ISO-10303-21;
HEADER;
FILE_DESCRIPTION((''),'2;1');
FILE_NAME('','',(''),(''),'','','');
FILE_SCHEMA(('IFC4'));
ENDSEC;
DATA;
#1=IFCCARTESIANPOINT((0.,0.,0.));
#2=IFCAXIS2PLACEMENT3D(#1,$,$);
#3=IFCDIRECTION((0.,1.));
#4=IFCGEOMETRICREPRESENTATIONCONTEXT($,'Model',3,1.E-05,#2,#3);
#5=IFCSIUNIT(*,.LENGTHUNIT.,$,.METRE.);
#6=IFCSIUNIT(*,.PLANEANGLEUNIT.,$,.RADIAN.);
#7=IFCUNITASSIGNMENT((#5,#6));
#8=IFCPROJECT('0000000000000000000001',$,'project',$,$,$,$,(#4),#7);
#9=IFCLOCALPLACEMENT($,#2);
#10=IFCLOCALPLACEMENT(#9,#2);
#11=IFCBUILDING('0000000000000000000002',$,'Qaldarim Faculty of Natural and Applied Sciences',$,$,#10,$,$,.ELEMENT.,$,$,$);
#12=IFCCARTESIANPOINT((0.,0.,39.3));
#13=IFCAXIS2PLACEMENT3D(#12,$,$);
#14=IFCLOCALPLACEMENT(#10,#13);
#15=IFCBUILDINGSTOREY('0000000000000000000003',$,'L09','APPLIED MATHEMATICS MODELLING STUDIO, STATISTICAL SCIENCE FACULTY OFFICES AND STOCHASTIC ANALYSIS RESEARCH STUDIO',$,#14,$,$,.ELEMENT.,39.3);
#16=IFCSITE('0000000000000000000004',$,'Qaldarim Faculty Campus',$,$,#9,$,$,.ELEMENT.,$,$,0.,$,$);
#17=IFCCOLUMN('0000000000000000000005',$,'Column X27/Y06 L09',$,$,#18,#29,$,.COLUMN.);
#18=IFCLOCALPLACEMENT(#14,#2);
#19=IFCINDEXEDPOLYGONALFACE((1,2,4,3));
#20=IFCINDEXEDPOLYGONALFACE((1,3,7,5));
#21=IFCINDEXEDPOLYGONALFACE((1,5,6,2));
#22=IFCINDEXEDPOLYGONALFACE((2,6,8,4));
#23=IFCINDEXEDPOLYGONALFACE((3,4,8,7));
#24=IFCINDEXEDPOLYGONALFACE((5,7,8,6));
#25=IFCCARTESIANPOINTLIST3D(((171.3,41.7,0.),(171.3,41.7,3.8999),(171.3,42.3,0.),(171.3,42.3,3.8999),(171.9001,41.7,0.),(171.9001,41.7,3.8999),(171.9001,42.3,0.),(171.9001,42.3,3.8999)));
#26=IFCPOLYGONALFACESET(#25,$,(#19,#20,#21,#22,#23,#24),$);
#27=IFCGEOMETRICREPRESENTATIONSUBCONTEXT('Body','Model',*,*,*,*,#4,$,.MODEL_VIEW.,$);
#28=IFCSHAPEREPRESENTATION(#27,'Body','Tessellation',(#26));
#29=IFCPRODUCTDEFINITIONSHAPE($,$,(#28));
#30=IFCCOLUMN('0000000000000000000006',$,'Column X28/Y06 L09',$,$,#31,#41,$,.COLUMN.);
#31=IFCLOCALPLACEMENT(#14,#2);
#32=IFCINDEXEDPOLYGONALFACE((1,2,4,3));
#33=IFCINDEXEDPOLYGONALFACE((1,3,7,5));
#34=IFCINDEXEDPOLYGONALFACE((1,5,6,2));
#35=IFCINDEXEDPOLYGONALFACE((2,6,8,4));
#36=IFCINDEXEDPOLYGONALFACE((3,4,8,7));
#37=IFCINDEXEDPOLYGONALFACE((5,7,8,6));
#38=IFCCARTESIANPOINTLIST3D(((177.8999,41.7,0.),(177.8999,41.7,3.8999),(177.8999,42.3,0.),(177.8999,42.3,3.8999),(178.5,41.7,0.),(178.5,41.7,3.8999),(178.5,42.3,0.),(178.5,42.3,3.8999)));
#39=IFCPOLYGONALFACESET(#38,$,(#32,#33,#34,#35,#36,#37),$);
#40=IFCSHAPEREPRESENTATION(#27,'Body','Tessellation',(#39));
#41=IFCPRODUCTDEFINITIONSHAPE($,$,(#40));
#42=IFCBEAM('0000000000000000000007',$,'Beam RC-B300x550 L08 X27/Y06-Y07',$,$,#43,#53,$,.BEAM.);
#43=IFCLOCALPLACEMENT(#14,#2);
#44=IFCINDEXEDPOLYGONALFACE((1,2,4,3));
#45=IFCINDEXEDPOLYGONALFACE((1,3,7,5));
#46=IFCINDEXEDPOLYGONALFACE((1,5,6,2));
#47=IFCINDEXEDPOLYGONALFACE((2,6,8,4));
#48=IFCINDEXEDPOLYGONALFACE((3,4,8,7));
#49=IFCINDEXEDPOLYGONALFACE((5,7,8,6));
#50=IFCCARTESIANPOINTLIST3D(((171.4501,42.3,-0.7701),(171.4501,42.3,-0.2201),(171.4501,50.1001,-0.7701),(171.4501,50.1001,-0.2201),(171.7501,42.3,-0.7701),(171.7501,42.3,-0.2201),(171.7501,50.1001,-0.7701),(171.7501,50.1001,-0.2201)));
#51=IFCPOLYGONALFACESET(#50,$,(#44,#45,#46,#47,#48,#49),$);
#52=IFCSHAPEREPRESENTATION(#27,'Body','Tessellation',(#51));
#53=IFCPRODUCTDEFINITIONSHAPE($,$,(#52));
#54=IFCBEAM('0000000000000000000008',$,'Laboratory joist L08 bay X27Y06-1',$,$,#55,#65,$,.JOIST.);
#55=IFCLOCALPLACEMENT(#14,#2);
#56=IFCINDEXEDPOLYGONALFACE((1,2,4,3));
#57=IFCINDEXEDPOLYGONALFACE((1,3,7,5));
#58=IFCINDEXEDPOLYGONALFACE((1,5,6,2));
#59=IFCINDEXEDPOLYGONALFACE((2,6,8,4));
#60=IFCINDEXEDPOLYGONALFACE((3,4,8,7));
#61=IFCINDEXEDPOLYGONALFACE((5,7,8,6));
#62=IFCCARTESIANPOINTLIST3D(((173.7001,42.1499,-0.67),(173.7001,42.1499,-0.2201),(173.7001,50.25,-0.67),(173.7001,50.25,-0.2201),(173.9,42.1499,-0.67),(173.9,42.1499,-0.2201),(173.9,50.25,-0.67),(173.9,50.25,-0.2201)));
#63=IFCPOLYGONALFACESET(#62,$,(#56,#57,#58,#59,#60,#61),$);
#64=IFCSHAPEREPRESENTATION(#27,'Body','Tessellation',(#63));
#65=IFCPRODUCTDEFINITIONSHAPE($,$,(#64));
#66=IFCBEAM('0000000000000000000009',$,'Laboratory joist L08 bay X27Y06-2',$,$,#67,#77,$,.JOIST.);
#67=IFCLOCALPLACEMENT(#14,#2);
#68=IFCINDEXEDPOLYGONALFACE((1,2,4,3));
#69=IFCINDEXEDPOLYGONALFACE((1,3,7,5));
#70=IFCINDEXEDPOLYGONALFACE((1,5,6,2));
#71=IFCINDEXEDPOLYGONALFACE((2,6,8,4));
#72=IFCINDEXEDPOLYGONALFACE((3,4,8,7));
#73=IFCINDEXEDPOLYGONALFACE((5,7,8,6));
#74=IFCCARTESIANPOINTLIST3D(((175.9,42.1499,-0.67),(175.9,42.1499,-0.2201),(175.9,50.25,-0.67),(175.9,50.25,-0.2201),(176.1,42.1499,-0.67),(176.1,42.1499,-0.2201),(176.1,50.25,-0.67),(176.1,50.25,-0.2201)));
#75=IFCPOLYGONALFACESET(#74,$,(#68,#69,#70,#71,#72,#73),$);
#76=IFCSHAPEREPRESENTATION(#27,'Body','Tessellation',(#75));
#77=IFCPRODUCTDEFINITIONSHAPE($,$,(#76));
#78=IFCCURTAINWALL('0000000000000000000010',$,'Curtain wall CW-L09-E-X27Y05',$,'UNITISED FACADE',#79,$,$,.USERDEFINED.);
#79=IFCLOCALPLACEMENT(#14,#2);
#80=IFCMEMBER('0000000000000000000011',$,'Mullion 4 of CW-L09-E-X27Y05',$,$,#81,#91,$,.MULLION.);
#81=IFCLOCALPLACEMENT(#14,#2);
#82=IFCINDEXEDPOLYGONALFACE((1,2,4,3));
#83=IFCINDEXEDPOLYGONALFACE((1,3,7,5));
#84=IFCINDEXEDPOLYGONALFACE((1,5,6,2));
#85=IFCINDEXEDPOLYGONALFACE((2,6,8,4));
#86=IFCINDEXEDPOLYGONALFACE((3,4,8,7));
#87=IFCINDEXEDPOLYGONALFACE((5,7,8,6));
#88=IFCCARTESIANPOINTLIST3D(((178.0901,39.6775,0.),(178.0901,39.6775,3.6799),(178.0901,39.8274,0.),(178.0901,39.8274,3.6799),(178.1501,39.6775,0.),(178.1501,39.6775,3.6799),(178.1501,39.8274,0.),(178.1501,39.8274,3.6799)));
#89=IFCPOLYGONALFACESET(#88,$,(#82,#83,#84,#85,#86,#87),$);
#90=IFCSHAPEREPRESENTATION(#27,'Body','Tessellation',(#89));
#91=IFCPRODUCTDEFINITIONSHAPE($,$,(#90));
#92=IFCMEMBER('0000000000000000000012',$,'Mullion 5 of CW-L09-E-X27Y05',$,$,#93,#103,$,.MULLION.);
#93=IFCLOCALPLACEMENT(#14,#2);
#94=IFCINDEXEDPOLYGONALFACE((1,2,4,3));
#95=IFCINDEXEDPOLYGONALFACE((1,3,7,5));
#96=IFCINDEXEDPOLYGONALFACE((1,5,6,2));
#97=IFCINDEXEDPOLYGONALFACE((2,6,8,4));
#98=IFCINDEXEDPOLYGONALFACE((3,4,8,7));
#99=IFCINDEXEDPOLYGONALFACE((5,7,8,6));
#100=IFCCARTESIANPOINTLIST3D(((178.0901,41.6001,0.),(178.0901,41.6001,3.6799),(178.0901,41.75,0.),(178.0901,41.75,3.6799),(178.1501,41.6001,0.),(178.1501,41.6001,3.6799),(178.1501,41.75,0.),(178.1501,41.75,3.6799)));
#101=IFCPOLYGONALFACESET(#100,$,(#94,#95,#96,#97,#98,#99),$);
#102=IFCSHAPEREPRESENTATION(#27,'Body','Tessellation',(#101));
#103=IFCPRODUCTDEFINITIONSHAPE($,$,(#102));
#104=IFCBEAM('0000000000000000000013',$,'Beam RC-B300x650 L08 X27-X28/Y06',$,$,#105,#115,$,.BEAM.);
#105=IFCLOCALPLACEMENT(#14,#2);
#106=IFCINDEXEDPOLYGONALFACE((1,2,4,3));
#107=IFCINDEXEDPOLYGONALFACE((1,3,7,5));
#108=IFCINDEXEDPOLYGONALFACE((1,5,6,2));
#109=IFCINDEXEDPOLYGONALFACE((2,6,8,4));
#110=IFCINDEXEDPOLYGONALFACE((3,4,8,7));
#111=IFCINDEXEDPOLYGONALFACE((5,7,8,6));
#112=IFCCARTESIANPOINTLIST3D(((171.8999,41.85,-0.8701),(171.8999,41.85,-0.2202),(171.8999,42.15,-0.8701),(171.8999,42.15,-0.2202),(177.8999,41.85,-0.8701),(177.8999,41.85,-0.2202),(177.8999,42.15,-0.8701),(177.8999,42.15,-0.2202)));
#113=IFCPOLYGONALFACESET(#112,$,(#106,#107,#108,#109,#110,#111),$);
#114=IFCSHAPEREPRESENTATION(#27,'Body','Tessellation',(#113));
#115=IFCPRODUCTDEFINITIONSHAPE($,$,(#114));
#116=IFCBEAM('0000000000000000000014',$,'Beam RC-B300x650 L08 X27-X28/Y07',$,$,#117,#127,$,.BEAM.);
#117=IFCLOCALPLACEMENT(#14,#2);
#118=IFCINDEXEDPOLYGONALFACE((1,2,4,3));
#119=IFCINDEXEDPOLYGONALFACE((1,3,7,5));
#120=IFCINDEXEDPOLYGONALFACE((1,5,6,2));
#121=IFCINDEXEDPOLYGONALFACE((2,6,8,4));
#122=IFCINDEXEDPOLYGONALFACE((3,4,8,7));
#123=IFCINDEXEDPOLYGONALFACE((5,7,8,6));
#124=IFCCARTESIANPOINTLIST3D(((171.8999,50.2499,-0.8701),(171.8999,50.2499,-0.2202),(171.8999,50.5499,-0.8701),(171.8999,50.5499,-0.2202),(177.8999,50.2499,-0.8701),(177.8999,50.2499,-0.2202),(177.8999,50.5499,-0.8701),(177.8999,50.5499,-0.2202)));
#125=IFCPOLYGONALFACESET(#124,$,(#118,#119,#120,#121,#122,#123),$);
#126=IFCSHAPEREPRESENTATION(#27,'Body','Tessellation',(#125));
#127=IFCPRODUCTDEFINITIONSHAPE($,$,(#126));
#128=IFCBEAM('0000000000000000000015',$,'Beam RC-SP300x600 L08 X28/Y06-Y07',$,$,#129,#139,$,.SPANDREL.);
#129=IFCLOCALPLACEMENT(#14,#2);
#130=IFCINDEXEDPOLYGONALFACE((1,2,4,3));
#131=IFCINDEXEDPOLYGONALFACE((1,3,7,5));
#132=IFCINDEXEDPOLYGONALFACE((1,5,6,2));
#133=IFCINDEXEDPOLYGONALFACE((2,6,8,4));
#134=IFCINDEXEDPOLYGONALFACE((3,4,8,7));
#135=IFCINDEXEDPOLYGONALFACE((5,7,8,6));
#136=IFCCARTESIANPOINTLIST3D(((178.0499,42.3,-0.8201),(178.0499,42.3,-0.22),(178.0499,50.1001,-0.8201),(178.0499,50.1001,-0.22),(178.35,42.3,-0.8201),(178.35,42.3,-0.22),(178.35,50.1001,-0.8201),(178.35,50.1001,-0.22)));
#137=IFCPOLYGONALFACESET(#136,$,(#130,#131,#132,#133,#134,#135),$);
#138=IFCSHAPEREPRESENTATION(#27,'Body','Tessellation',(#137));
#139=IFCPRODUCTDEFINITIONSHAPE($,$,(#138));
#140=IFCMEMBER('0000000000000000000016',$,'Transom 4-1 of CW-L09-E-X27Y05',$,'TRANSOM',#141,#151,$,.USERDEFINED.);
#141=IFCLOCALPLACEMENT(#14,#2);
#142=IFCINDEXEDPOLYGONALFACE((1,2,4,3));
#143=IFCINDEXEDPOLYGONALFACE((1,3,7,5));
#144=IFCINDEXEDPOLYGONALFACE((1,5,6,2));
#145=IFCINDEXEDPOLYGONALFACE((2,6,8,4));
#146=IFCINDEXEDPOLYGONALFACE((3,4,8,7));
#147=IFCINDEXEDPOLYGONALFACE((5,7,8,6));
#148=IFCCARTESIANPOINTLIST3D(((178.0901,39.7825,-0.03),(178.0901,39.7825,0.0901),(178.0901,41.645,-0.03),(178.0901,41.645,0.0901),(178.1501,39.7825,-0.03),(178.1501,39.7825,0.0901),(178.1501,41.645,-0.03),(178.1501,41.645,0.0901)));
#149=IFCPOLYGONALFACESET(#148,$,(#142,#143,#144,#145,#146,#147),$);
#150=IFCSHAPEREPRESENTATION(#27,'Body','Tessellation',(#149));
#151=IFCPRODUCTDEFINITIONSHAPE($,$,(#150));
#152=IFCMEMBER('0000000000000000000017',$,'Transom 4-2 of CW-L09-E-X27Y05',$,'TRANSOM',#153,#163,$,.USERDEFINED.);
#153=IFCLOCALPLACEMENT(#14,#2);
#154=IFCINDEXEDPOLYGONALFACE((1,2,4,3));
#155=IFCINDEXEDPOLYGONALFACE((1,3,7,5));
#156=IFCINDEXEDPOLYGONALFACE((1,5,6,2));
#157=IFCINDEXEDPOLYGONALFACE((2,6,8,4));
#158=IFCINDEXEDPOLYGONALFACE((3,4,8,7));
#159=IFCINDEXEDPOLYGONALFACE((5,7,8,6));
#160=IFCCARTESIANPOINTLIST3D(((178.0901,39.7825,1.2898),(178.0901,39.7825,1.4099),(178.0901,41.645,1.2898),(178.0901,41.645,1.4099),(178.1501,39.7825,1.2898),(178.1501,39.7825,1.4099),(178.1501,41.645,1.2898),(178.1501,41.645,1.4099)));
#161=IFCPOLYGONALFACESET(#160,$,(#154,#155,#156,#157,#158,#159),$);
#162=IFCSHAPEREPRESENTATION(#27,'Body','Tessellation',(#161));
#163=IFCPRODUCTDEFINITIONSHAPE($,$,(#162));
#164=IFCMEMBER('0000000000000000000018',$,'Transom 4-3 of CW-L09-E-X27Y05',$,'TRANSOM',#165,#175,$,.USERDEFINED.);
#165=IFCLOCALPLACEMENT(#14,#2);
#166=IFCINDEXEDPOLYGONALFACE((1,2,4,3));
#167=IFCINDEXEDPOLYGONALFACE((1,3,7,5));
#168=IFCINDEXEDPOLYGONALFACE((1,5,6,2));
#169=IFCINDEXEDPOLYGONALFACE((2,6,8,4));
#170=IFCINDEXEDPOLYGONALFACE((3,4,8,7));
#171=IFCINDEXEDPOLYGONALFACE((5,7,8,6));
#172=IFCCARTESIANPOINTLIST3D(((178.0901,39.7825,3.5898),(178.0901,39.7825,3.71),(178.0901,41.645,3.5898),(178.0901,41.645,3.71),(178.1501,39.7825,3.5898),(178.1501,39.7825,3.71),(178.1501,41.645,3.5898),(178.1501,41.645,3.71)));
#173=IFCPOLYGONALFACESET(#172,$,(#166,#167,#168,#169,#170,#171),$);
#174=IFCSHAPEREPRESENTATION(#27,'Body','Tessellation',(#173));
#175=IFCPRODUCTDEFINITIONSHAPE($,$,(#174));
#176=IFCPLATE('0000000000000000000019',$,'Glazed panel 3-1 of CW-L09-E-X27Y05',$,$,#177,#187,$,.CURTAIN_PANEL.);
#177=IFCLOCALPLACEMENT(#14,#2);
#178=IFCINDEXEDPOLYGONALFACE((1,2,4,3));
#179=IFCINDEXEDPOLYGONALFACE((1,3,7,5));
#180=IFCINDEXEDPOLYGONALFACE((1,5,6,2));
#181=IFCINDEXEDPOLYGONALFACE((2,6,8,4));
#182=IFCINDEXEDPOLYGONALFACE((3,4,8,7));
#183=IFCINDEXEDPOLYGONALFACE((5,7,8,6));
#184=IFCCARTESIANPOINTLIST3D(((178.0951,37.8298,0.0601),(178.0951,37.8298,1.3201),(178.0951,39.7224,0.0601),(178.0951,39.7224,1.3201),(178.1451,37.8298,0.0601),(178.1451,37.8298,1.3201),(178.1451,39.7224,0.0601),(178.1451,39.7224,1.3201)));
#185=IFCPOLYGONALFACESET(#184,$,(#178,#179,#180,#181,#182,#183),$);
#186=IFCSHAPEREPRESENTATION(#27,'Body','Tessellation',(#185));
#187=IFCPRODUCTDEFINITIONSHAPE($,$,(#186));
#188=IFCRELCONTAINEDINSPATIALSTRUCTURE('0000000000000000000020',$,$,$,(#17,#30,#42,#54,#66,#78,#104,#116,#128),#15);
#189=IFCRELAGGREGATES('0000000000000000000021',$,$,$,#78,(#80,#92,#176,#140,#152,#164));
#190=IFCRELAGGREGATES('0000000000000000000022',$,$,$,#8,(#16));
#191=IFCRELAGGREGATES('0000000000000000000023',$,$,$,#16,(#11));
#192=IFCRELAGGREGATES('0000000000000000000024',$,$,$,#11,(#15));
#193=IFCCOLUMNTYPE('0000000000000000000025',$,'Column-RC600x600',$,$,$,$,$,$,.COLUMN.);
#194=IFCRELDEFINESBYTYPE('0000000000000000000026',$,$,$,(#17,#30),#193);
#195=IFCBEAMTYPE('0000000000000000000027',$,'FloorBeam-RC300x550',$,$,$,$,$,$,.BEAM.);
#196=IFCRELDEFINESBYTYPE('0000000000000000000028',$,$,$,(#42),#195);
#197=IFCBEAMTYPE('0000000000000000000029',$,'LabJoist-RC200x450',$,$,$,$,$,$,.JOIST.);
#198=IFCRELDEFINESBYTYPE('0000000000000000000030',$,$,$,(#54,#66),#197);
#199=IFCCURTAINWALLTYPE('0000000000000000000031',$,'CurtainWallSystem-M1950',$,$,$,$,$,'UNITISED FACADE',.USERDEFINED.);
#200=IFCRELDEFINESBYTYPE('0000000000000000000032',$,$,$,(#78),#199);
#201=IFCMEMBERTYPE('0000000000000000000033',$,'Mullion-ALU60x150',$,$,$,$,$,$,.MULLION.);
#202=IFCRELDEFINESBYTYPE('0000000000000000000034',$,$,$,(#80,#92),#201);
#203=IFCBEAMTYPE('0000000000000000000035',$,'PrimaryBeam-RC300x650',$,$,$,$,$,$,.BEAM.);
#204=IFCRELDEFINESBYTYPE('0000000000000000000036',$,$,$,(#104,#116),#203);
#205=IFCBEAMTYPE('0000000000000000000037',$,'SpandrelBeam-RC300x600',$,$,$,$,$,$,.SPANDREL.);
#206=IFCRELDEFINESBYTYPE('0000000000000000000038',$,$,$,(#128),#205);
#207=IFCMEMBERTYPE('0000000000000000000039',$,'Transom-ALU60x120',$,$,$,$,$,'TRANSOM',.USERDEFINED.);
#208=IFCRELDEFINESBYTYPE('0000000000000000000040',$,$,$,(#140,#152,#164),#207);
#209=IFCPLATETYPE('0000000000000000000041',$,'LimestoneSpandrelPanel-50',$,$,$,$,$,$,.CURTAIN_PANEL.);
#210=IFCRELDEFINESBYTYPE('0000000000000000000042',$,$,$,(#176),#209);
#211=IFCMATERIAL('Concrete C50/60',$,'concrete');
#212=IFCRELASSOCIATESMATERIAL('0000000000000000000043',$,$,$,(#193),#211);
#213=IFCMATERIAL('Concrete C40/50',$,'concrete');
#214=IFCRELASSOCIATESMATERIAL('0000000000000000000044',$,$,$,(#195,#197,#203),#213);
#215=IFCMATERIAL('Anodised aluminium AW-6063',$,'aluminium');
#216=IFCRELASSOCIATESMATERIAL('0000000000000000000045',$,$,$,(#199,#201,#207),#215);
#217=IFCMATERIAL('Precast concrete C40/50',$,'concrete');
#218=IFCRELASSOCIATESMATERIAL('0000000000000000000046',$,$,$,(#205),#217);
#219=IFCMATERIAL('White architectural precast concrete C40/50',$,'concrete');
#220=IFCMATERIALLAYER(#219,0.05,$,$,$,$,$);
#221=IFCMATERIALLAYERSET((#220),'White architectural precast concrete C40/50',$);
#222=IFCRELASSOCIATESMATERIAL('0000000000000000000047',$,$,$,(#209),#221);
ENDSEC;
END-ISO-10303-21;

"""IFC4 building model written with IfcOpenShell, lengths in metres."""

from ifc_helpers import new_model, si_unit, direction, frame, origin, origin_2d, place, context, subcontext, project, spatial, rectangle, extrude, material, layer, layer_set, material_profile, profile_set, type_object, element, aggregate, save


model = new_model("IFC4")

# Units and contexts
model_context = context("Model", 3, precision=1e-05, world=origin(), true_north=direction((0.0, 1.0)))
body_context = subcontext(model_context, "Body", "Model", "MODEL_VIEW")
ifc_project = project(units=[si_unit("LENGTHUNIT", "METRE"), si_unit("PLANEANGLEUNIT", "RADIAN")], contexts=[model_context])

# Site, building, storey
site_placement = place(None, origin())
site = spatial("IfcSite", under=ifc_project, at=site_placement, Name="Qaldarim Faculty Campus", CompositionType="ELEMENT", RefElevation=0.0)
building_placement = place(site_placement, origin())
building = spatial("IfcBuilding", under=site, at=building_placement, Name="Qaldarim Faculty of Natural and Applied Sciences", CompositionType="ELEMENT")
storey_placement = place(building_placement, frame((0.0, 0.0, 39.3)))
storey = spatial("IfcBuildingStorey", under=building, at=storey_placement, Name="L09", Description="APPLIED MATHEMATICS MODELLING STUDIO, STATISTICAL SCIENCE FACULTY OFFICES AND STOCHASTIC ANALYSIS RESEARCH STUDIO", CompositionType="ELEMENT", Elevation=39.3)

# Columns
ifc_material_1 = material(Name="Concrete C50/60", Category="concrete")
ifc_material_profile_1 = material_profile(ifc_material_1, rectangle(XDim=0.6001, YDim=0.6001, at=origin_2d()), Name="RC-C600x600")
ifc_profile_set_1 = profile_set([ifc_material_profile_1], Name="Concrete C50/60")
column_type = type_object("IfcColumnType", Name="Column-RC600x600", PredefinedType="COLUMN", material=ifc_profile_set_1)
for number, where, z_axis, x_axis, name in (
    (1, (171.6001, 42.0, 0.0), (0.0, 0.0, 1.0), (1.0, 0.0, 0.0), "Column X27/Y06 L09"),
    (2, (178.2, 42.0, 0.0), (0.0, 0.0, 1.0), (1.0, 0.0, 0.0), "Column X28/Y06 L09"),
):
    element("IfcColumn", number, at=place(storey_placement, frame(where, z_axis=z_axis, x_axis=x_axis)), inside=storey, type_object=column_type, Name=name, PredefinedType="COLUMN", context=body_context, shape_type="SweptSolid", body=[
        extrude(rectangle(XDim=0.6001, YDim=0.6001, at=origin_2d()), origin(), (0.0, 0.0, 1.0), 3.8999),
    ])

# Beams
ifc_material_2 = material(Name="Concrete C40/50", Category="concrete")
ifc_material_profile_2 = material_profile(ifc_material_2, rectangle(XDim=0.3, YDim=0.55, at=origin_2d()), Name="RC-B300x550")
ifc_profile_set_2 = profile_set([ifc_material_profile_2], Name="Concrete C40/50")
beam_type_1 = type_object("IfcBeamType", Name="FloorBeam-RC300x550", PredefinedType="BEAM", material=ifc_profile_set_2)
beam_1_placement = place(storey_placement, frame((171.6001, 42.3, -0.4951), z_axis=(0.0, 1.0, 0.0), x_axis=(-1.0, 0.0, 0.0)))
element("IfcBeam", 3, at=beam_1_placement, inside=storey, type_object=beam_type_1, Name="Beam RC-B300x550 L08 X27/Y06-Y07", PredefinedType="BEAM", context=body_context, shape_type="SweptSolid", body=[
    extrude(rectangle(XDim=0.3, YDim=0.55, at=origin_2d()), origin(), (0.0, 0.0, 1.0), 7.8),
])
ifc_material_profile_3 = material_profile(ifc_material_2, rectangle(XDim=0.2, YDim=0.45, at=origin_2d()), Name="RC-J200x450")
ifc_profile_set_3 = profile_set([ifc_material_profile_3], Name="Concrete C40/50")
beam_type_2 = type_object("IfcBeamType", Name="LabJoist-RC200x450", PredefinedType="JOIST", material=ifc_profile_set_3)
for number, where, z_axis, x_axis, name in (
    (4, (173.8, 42.1499, -0.4451), (0.0, 1.0, 0.0), (-1.0, 0.0, 0.0), "Laboratory joist L08 bay X27Y06-1"),
    (5, (176.0, 42.1499, -0.4451), (0.0, 1.0, 0.0), (-1.0, 0.0, 0.0), "Laboratory joist L08 bay X27Y06-2"),
):
    element("IfcBeam", number, at=place(storey_placement, frame(where, z_axis=z_axis, x_axis=x_axis)), inside=storey, type_object=beam_type_2, Name=name, PredefinedType="JOIST", context=body_context, shape_type="SweptSolid", body=[
        extrude(rectangle(XDim=0.2, YDim=0.45, at=origin_2d()), origin(), (0.0, 0.0, 1.0), 8.1001),
    ])

# Curtain wall, members
ifc_material_3 = material(Name="Anodised aluminium AW-6063", Category="aluminium")
curtain_wall_type = type_object("IfcCurtainWallType", Name="CurtainWallSystem-M1950", ElementType="UNITISED FACADE", PredefinedType="USERDEFINED", material=ifc_material_3)
curtain_wall_placement = place(storey_placement, origin())
curtain_wall = element("IfcCurtainWall", 6, at=curtain_wall_placement, inside=storey, type_object=curtain_wall_type, Name="Curtain wall CW-L09-E-X27Y05", ObjectType="UNITISED FACADE", PredefinedType="USERDEFINED")
ifc_material_profile_4 = material_profile(ifc_material_3, rectangle(XDim=0.0601, YDim=0.1499, at=origin_2d()), Name="ALU-M60x150")
ifc_profile_set_4 = profile_set([ifc_material_profile_4], Name="Anodised aluminium AW-6063")
member_type_1 = type_object("IfcMemberType", Name="Mullion-ALU60x150", PredefinedType="MULLION", material=ifc_profile_set_4)
member_1_placement = place(storey_placement, frame((178.1201, 39.7524, 0.0), z_axis=(0.0, 0.0, 1.0), x_axis=(-1.0, 0.0, 0.0)))
member_1 = element("IfcMember", 7, at=member_1_placement, type_object=member_type_1, Name="Mullion 4 of CW-L09-E-X27Y05", PredefinedType="MULLION", context=body_context, shape_type="SweptSolid", body=[
    extrude(rectangle(XDim=0.0601, YDim=0.1499, at=origin_2d()), origin(), (0.0, 0.0, 1.0), 3.6799),
])
member_2_placement = place(storey_placement, frame((178.1201, 41.675, 0.0), z_axis=(0.0, 0.0, 1.0), x_axis=(-1.0, 0.0, 0.0)))
member_2 = element("IfcMember", 8, at=member_2_placement, type_object=member_type_1, Name="Mullion 5 of CW-L09-E-X27Y05", PredefinedType="MULLION", context=body_context, shape_type="SweptSolid", body=[
    extrude(rectangle(XDim=0.0601, YDim=0.1499, at=origin_2d()), origin(), (0.0, 0.0, 1.0), 3.6799),
])

# Beams
ifc_material_profile_5 = material_profile(ifc_material_2, rectangle(XDim=0.3, YDim=0.6499, at=origin_2d()), Name="RC-B300x650")
ifc_profile_set_5 = profile_set([ifc_material_profile_5], Name="Concrete C40/50")
beam_type_3 = type_object("IfcBeamType", Name="PrimaryBeam-RC300x650", PredefinedType="BEAM", material=ifc_profile_set_5)
for number, where, z_axis, x_axis, name in (
    (9, (171.8999, 42.0, -0.5452), (1.0, 0.0, 0.0), (0.0, 1.0, 0.0), "Beam RC-B300x650 L08 X27-X28/Y06"),
    (10, (171.8999, 50.3999, -0.5452), (1.0, 0.0, 0.0), (0.0, 1.0, 0.0), "Beam RC-B300x650 L08 X27-X28/Y07"),
):
    element("IfcBeam", number, at=place(storey_placement, frame(where, z_axis=z_axis, x_axis=x_axis)), inside=storey, type_object=beam_type_3, Name=name, PredefinedType="BEAM", context=body_context, shape_type="SweptSolid", body=[
        extrude(rectangle(XDim=0.3, YDim=0.6499, at=origin_2d()), origin(), (0.0, 0.0, 1.0), 6.0),
    ])
ifc_material_4 = material(Name="Precast concrete C40/50", Category="concrete")
ifc_material_profile_6 = material_profile(ifc_material_4, rectangle(XDim=0.3, YDim=0.6001, at=origin_2d()), Name="RC-SP300x600")
ifc_profile_set_6 = profile_set([ifc_material_profile_6], Name="Precast concrete C40/50")
beam_type_4 = type_object("IfcBeamType", Name="SpandrelBeam-RC300x600", PredefinedType="SPANDREL", material=ifc_profile_set_6)
beam_2_placement = place(storey_placement, frame((178.2, 42.3, -0.52), z_axis=(0.0, 1.0, 0.0), x_axis=(-1.0, 0.0, 0.0)))
element("IfcBeam", 11, at=beam_2_placement, inside=storey, type_object=beam_type_4, Name="Beam RC-SP300x600 L08 X28/Y06-Y07", PredefinedType="SPANDREL", context=body_context, shape_type="SweptSolid", body=[
    extrude(rectangle(XDim=0.3, YDim=0.6001, at=origin_2d()), origin(), (0.0, 0.0, 1.0), 7.8),
])

# Members
ifc_material_profile_7 = material_profile(ifc_material_3, rectangle(XDim=0.0601, YDim=0.1201, at=origin_2d()), Name="ALU-T60x120")
ifc_profile_set_7 = profile_set([ifc_material_profile_7], Name="Anodised aluminium AW-6063")
member_type_2 = type_object("IfcMemberType", Name="Transom-ALU60x120", ElementType="TRANSOM", PredefinedType="USERDEFINED", material=ifc_profile_set_7)
member_3_placement = place(storey_placement, frame((178.1201, 39.7825, 0.03), z_axis=(0.0, 1.0, 0.0), x_axis=(-1.0, 0.0, 0.0)))
member_3 = element("IfcMember", 12, at=member_3_placement, type_object=member_type_2, Name="Transom 4-1 of CW-L09-E-X27Y05", ObjectType="TRANSOM", PredefinedType="USERDEFINED", context=body_context, shape_type="SweptSolid", body=[
    extrude(rectangle(XDim=0.0601, YDim=0.1201, at=origin_2d()), origin(), (0.0, 0.0, 1.0), 1.8625),
])
member_4_placement = place(storey_placement, frame((178.1201, 39.7825, 1.3499), z_axis=(0.0, 1.0, 0.0), x_axis=(-1.0, 0.0, 0.0)))
member_4 = element("IfcMember", 13, at=member_4_placement, type_object=member_type_2, Name="Transom 4-2 of CW-L09-E-X27Y05", ObjectType="TRANSOM", PredefinedType="USERDEFINED", context=body_context, shape_type="SweptSolid", body=[
    extrude(rectangle(XDim=0.0601, YDim=0.1201, at=origin_2d()), origin(), (0.0, 0.0, 1.0), 1.8625),
])
member_5_placement = place(storey_placement, frame((178.1201, 39.7825, 3.6499), z_axis=(0.0, 1.0, 0.0), x_axis=(-1.0, 0.0, 0.0)))
member_5 = element("IfcMember", 14, at=member_5_placement, type_object=member_type_2, Name="Transom 4-3 of CW-L09-E-X27Y05", ObjectType="TRANSOM", PredefinedType="USERDEFINED", context=body_context, shape_type="SweptSolid", body=[
    extrude(rectangle(XDim=0.0601, YDim=0.1201, at=origin_2d()), origin(), (0.0, 0.0, 1.0), 1.8625),
])

# Plate
ifc_material_5 = material(Name="White architectural precast concrete C40/50", Category="concrete")
ifc_layer_1 = layer(ifc_material_5, 0.05)
ifc_layer_set_1 = layer_set([ifc_layer_1], Name="White architectural precast concrete C40/50")
plate_type = type_object("IfcPlateType", Name="LimestoneSpandrelPanel-50", PredefinedType="CURTAIN_PANEL", material=ifc_layer_set_1)
plate_1_placement = place(storey_placement, frame((178.1201, 38.7761, 0.0601), z_axis=(0.0, 0.0, 1.0), x_axis=(0.0, 1.0, 0.0)))
plate_1 = element("IfcPlate", 15, at=plate_1_placement, type_object=plate_type, Name="Glazed panel 3-1 of CW-L09-E-X27Y05", PredefinedType="CURTAIN_PANEL", context=body_context, shape_type="SweptSolid", body=[
    extrude(rectangle(XDim=1.8926, YDim=0.05, at=origin_2d()), origin(), (0.0, 0.0, 1.0), 1.26),
])
aggregate(curtain_wall, [member_1, member_2, plate_1, member_3, member_4, member_5])

save(model, "model.ifc")
